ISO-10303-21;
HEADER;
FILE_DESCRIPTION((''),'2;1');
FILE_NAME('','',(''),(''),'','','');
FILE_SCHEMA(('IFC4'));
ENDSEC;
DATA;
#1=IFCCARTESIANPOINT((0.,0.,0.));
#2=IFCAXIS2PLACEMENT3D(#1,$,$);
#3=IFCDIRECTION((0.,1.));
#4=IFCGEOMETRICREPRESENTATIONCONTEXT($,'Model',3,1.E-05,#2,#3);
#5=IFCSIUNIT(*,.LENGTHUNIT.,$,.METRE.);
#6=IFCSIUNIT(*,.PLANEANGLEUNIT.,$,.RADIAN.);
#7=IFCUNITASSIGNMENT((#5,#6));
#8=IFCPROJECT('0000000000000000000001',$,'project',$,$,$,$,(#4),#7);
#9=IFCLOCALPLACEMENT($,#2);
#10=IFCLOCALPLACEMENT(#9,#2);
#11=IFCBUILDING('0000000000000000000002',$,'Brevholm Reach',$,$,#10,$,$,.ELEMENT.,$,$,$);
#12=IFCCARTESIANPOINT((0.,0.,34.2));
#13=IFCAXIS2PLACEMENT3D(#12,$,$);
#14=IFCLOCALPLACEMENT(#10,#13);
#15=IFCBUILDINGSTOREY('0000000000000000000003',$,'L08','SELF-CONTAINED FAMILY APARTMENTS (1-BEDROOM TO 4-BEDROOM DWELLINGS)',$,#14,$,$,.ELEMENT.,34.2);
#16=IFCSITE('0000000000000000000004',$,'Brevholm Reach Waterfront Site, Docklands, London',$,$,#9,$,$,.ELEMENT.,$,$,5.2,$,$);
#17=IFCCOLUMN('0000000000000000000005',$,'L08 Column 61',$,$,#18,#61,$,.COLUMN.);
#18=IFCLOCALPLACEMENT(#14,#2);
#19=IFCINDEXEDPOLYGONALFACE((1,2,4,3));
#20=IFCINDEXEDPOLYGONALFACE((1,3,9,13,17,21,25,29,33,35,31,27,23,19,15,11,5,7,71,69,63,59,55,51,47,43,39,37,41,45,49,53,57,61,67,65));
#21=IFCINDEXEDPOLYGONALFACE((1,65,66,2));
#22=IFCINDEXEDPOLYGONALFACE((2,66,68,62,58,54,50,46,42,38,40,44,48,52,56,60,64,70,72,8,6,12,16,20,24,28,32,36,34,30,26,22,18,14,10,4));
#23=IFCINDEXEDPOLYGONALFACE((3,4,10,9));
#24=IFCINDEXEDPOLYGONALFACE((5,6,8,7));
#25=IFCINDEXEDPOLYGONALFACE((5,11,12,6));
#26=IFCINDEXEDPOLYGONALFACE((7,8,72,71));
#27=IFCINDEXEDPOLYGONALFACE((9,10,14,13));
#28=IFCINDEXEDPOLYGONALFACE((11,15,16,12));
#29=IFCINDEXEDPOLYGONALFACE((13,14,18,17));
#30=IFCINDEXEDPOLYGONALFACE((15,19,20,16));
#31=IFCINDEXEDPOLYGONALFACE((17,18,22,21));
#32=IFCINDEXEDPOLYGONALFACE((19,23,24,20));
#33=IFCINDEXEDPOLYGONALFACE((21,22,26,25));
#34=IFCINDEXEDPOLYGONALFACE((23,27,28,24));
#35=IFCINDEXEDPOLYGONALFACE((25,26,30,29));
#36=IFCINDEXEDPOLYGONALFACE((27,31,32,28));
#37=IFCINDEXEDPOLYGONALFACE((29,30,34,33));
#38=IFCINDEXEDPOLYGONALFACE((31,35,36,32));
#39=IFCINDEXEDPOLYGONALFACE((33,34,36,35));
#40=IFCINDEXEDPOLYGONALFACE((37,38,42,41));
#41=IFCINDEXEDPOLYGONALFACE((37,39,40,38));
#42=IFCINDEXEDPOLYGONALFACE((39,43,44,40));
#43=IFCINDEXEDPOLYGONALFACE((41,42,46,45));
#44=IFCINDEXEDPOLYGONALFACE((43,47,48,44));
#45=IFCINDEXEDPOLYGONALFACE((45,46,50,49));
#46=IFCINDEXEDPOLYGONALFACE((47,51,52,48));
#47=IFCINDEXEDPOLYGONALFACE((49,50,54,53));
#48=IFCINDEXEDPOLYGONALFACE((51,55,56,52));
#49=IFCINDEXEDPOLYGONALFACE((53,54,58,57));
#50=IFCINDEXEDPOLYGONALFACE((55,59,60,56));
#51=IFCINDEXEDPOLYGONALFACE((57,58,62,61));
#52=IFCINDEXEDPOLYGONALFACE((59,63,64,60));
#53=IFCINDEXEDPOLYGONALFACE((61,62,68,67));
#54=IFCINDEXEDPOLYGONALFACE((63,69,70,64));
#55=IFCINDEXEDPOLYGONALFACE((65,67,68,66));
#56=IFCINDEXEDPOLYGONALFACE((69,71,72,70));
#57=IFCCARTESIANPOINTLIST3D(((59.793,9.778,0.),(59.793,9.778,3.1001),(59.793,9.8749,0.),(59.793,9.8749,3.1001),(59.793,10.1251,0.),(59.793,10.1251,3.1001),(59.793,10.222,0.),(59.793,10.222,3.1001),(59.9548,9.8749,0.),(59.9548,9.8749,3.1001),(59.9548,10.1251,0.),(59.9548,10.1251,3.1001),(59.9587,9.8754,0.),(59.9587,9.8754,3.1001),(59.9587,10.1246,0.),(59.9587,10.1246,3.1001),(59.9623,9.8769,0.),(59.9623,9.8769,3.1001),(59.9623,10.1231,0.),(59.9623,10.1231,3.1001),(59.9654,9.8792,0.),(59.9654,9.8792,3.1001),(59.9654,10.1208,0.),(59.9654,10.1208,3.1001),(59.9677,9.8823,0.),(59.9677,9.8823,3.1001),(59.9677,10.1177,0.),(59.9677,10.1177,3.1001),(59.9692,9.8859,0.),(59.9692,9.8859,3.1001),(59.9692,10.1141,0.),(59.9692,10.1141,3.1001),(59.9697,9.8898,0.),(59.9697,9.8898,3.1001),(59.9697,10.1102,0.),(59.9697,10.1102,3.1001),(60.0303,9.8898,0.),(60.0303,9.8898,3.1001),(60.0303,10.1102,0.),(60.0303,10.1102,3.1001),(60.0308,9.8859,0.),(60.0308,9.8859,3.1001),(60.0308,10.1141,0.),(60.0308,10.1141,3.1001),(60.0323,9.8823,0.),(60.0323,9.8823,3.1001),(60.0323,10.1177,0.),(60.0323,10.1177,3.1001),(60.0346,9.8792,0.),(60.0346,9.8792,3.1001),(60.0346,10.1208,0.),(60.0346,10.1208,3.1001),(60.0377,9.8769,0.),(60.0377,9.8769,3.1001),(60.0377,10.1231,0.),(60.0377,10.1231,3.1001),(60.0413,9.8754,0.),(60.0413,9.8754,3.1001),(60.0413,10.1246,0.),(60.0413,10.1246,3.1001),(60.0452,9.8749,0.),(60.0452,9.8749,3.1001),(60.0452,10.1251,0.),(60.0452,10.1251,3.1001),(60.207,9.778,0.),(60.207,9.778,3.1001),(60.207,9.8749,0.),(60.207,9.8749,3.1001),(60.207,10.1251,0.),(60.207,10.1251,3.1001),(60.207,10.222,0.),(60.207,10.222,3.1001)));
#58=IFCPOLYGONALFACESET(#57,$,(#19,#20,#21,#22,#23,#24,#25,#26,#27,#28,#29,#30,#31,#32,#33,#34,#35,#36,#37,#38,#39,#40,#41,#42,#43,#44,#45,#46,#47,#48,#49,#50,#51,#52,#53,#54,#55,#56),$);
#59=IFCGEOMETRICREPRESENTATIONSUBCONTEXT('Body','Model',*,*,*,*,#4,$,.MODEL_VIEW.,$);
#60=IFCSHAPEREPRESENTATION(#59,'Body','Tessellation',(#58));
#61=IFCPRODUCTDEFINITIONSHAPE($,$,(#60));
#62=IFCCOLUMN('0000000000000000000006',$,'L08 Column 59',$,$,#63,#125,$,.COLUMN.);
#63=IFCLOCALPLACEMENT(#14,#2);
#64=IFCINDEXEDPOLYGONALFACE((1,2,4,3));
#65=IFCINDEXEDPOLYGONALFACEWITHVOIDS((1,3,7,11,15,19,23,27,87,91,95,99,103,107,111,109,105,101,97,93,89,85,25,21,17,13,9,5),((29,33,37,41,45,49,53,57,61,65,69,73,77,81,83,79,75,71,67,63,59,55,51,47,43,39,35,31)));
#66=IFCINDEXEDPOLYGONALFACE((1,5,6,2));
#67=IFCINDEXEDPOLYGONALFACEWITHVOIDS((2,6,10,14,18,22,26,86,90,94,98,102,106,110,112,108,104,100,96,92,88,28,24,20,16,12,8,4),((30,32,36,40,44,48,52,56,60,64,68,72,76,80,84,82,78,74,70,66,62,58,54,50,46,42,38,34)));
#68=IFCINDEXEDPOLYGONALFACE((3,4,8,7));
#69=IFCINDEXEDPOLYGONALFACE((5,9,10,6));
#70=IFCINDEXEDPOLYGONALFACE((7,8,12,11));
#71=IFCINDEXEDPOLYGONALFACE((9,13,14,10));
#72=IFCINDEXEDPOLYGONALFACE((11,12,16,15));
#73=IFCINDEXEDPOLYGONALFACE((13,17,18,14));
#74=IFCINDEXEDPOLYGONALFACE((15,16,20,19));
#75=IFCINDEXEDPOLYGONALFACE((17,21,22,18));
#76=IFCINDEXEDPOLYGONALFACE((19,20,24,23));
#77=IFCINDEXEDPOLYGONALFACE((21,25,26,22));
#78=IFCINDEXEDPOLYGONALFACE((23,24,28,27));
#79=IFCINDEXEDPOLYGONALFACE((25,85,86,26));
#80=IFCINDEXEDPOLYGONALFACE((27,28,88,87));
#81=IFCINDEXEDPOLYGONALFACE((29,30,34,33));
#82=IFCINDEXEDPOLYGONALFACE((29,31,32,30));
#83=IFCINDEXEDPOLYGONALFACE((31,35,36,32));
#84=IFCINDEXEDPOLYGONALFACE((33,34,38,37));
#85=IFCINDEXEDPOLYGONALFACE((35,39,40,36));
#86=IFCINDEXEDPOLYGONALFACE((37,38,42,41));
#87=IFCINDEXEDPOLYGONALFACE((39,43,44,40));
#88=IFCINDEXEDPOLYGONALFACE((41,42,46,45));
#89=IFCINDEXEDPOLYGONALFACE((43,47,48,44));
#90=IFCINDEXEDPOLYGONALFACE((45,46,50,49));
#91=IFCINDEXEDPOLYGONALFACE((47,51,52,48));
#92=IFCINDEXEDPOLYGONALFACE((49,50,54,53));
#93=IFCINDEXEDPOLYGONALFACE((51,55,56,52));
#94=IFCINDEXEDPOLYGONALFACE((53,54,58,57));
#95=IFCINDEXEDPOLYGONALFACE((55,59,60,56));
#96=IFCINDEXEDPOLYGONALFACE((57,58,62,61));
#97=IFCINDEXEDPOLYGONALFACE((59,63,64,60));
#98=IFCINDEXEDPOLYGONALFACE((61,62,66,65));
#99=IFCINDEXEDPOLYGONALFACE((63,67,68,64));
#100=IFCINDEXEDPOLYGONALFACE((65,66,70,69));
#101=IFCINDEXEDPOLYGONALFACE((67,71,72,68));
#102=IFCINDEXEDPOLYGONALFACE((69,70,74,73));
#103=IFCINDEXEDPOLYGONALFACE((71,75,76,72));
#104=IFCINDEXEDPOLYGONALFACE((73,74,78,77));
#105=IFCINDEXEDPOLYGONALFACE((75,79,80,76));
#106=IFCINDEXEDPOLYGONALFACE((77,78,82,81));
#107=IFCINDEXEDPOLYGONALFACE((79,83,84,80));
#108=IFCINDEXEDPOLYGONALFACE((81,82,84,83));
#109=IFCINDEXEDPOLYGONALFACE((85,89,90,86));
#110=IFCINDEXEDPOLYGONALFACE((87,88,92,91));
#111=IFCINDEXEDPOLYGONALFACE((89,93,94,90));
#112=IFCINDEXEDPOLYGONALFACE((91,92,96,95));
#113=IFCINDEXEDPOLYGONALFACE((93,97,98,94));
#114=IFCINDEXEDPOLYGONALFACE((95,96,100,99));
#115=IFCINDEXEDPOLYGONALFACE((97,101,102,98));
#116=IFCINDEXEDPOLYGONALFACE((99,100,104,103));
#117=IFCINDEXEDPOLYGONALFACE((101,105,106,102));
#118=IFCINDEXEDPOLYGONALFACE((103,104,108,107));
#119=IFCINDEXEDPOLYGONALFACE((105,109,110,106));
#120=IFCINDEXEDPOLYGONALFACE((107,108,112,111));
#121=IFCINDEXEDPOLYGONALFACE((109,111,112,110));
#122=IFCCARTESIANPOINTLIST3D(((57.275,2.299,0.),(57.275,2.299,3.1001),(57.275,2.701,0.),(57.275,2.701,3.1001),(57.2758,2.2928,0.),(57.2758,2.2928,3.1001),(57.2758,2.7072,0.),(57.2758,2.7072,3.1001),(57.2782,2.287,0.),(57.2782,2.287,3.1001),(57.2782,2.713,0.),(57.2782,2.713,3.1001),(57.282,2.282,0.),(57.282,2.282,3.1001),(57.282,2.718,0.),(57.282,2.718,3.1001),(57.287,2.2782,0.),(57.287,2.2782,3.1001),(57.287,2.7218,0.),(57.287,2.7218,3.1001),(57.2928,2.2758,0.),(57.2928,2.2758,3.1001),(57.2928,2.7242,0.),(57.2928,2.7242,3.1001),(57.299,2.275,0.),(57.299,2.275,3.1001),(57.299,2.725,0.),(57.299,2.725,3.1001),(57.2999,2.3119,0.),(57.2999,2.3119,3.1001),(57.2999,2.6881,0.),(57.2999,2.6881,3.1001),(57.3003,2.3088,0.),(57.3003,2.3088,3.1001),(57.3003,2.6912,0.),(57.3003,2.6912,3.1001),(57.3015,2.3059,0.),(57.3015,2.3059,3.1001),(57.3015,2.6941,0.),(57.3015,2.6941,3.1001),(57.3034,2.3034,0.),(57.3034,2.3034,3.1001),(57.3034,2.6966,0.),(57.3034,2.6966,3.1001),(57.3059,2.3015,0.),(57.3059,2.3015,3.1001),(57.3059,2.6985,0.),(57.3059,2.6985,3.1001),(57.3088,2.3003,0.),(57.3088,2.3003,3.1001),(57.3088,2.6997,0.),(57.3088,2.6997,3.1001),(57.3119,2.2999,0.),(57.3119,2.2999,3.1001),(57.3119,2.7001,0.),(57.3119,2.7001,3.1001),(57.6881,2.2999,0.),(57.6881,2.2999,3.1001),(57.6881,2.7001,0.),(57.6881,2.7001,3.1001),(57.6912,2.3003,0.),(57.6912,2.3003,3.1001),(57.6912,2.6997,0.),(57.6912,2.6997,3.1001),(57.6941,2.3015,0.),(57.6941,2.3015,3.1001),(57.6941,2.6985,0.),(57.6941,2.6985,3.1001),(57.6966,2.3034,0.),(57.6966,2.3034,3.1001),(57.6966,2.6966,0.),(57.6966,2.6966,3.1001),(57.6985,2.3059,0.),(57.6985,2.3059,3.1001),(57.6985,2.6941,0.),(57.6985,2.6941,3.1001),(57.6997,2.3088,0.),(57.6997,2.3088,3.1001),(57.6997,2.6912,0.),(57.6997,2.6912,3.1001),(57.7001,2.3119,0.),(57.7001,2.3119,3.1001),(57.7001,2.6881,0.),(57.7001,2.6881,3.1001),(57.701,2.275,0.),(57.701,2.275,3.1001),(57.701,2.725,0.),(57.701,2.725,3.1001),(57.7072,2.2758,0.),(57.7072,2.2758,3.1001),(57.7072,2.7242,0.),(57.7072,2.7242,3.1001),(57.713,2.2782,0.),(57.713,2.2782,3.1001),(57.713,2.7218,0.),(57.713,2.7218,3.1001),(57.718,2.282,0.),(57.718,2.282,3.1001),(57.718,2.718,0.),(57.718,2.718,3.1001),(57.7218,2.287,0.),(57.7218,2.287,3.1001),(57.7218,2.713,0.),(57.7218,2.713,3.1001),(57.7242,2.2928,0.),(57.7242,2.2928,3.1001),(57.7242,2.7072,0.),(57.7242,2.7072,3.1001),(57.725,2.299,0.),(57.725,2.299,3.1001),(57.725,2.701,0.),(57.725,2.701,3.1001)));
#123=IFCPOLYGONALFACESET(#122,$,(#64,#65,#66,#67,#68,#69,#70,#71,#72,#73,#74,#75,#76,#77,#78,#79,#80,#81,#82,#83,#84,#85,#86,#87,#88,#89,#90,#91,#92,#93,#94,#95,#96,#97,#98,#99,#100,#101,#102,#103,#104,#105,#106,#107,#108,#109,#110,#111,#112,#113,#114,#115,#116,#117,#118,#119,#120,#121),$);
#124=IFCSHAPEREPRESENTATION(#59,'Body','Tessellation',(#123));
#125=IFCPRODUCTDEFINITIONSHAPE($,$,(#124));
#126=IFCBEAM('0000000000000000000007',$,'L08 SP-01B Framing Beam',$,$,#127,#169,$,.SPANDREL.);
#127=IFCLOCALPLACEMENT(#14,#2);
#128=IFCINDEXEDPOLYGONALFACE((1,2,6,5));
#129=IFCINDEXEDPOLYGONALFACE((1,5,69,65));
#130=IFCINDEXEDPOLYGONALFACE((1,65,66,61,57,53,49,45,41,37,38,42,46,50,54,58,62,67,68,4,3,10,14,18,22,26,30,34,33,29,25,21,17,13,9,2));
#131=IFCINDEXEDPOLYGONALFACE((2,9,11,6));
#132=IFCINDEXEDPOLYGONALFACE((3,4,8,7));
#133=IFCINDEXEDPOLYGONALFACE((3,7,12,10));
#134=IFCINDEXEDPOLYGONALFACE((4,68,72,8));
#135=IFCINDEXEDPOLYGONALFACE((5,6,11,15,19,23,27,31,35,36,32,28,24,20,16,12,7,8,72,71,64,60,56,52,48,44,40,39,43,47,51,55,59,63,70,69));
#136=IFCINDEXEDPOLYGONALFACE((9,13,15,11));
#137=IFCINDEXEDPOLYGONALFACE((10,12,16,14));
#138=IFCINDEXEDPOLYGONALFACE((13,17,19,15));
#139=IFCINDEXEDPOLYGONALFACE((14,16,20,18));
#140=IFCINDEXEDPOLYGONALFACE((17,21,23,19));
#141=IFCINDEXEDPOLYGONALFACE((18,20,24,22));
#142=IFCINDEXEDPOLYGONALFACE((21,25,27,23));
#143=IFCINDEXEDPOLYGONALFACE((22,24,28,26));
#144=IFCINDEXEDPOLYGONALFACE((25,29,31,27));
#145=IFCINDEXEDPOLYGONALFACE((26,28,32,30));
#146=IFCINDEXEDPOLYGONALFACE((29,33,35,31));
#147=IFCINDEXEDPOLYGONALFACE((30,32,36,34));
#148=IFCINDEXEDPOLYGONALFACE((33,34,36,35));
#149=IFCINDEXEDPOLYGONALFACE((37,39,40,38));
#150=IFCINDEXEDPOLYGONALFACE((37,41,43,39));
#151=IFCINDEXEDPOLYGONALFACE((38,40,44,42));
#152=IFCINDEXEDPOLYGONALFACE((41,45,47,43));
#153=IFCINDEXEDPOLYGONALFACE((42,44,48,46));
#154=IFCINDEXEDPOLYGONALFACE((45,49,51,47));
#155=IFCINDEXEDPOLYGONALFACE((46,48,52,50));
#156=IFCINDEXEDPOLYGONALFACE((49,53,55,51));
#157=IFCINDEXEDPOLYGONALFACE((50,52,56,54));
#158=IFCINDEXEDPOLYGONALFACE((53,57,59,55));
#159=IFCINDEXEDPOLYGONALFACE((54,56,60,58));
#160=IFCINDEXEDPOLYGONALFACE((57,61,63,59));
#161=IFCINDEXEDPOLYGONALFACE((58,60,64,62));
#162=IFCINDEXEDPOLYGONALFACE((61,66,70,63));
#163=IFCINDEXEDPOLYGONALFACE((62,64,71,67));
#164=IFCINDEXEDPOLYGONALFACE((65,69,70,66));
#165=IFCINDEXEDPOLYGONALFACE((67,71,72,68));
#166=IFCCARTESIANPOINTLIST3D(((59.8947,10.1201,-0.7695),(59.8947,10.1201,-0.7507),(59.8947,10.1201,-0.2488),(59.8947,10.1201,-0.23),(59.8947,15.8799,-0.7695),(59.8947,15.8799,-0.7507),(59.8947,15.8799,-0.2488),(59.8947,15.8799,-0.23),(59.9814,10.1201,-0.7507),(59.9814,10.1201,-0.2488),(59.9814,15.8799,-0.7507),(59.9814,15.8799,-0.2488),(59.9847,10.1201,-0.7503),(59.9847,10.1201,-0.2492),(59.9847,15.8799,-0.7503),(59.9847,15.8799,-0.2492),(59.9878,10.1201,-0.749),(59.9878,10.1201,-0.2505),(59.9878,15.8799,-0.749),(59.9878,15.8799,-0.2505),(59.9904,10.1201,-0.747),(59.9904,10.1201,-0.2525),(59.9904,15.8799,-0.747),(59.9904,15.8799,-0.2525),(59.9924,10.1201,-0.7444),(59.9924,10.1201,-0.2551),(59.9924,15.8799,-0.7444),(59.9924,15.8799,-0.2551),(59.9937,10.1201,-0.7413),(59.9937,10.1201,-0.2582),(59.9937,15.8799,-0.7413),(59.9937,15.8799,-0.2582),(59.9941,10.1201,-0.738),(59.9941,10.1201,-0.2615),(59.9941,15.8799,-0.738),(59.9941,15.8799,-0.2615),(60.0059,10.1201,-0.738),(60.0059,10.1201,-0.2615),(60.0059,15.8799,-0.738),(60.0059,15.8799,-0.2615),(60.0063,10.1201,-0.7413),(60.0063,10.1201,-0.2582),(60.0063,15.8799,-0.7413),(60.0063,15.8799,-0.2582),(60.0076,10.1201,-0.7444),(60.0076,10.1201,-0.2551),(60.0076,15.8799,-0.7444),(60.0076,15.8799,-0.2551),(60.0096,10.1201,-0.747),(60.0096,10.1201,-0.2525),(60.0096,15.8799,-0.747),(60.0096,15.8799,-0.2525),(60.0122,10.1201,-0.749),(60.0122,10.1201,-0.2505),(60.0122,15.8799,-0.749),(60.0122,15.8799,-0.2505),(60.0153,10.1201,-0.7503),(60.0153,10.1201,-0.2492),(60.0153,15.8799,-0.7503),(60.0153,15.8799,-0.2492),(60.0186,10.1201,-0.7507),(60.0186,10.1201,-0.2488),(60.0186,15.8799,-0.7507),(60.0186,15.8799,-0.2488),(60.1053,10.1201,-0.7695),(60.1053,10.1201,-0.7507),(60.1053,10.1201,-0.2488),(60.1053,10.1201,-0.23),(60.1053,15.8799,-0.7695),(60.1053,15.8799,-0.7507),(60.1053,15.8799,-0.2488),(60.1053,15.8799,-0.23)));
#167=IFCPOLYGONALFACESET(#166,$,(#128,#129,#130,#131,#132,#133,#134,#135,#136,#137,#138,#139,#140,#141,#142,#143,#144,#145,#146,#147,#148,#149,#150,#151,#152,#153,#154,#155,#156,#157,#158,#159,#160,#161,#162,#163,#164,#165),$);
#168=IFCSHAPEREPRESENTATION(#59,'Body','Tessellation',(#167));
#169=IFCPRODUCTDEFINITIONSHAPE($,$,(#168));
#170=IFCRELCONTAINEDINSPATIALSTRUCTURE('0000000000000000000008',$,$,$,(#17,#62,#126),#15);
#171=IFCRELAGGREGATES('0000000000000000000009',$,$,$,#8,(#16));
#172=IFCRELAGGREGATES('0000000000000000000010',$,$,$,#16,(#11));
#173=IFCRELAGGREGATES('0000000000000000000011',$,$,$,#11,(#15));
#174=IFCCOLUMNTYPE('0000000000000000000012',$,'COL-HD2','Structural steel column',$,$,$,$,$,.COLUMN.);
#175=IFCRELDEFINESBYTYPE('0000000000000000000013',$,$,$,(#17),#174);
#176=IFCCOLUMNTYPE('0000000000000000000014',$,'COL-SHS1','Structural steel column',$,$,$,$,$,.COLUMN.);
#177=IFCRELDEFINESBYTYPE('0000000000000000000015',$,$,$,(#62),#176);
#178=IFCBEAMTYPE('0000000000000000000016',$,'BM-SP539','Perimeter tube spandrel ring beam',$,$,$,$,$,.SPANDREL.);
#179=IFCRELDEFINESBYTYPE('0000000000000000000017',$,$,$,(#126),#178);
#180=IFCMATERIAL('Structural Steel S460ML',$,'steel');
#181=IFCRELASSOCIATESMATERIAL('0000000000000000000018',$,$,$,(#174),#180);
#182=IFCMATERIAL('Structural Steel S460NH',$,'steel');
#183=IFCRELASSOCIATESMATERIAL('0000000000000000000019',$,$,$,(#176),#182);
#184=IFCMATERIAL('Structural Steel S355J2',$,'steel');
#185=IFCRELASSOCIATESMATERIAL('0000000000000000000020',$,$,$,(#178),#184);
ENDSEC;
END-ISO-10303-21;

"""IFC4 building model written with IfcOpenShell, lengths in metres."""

from ifc_helpers import new_model, si_unit, direction, frame, origin, origin_2d, place, context, subcontext, project, spatial, hollow_rectangle, i_section, extrude, material, material_profile, profile_set, type_object, element, save


model = new_model("IFC4")

# Units and contexts
model_context = context("Model", 3, precision=1e-05, world=origin(), true_north=direction((0.0, 1.0)))
body_context = subcontext(model_context, "Body", "Model", "MODEL_VIEW")
ifc_project = project(units=[si_unit("LENGTHUNIT", "METRE"), si_unit("PLANEANGLEUNIT", "RADIAN")], contexts=[model_context])

# Site, building, storey
site_placement = place(None, origin())
site = spatial("IfcSite", under=ifc_project, at=site_placement, Name="Brevholm Reach Waterfront Site, Docklands, London", CompositionType="ELEMENT", RefElevation=5.2)
building_placement = place(site_placement, origin())
building = spatial("IfcBuilding", under=site, at=building_placement, Name="Brevholm Reach", CompositionType="ELEMENT")
storey_placement = place(building_placement, frame((0.0, 0.0, 34.2)))
storey = spatial("IfcBuildingStorey", under=building, at=storey_placement, Name="L08", Description="SELF-CONTAINED FAMILY APARTMENTS (1-BEDROOM TO 4-BEDROOM DWELLINGS)", CompositionType="ELEMENT", Elevation=34.2)

# Columns
ifc_material_1 = material(Name="Structural Steel S460ML", Category="steel")
ifc_material_profile_1 = material_profile(ifc_material_1, i_section(OverallWidth=0.4141, OverallDepth=0.4441, WebThickness=0.0605, FlangeThickness=0.0969, FilletRadius=0.0149, at=origin_2d()), Name="HD 400x818")
ifc_profile_set_1 = profile_set([ifc_material_profile_1], Name="Structural Steel S460ML")
column_type_1 = type_object("IfcColumnType", Name="COL-HD2", Description="Structural steel column", PredefinedType="COLUMN", material=ifc_profile_set_1)
column_1_placement = place(storey_placement, frame((60.0, 10.0, 0.0), z_axis=(0.0, 0.0, 1.0), x_axis=(1.0, 0.0, 0.0)))
element("IfcColumn", 1, at=column_1_placement, inside=storey, type_object=column_type_1, Name="L08 Column 61", PredefinedType="COLUMN", context=body_context, shape_type="SweptSolid", body=[
    extrude(i_section(OverallWidth=0.4141, OverallDepth=0.4441, WebThickness=0.0605, FlangeThickness=0.0969, FilletRadius=0.0149, at=origin_2d()), origin(), (0.0, 0.0, 1.0), 3.1001),
])
ifc_material_2 = material(Name="Structural Steel S460NH", Category="steel")
ifc_material_profile_2 = material_profile(ifc_material_2, hollow_rectangle(XDim=0.45, YDim=0.45, WallThickness=0.0249, InnerFilletRadius=0.012, OuterFilletRadius=0.0239, at=origin_2d()), Name="SHS 450x450x25")
ifc_profile_set_2 = profile_set([ifc_material_profile_2], Name="Structural Steel S460NH")
column_type_2 = type_object("IfcColumnType", Name="COL-SHS1", Description="Structural steel column", PredefinedType="COLUMN", material=ifc_profile_set_2)
column_2_placement = place(storey_placement, frame((57.5, 2.5, 0.0), z_axis=(0.0, 0.0, 1.0), x_axis=(1.0, 0.0, 0.0)))
element("IfcColumn", 2, at=column_2_placement, inside=storey, type_object=column_type_2, Name="L08 Column 59", PredefinedType="COLUMN", context=body_context, shape_type="SweptSolid", body=[
    extrude(hollow_rectangle(XDim=0.45, YDim=0.45, WallThickness=0.0249, InnerFilletRadius=0.012, OuterFilletRadius=0.0239, at=origin_2d()), origin(), (0.0, 0.0, 1.0), 3.1001),
])

# Beam
ifc_material_3 = material(Name="Structural Steel S355J2", Category="steel")
ifc_material_profile_3 = material_profile(ifc_material_3, i_section(OverallWidth=0.2107, OverallDepth=0.5396, WebThickness=0.0117, FlangeThickness=0.0188, FilletRadius=0.0127, at=origin_2d()), Name="UKB 533x210x109")
ifc_profile_set_3 = profile_set([ifc_material_profile_3], Name="Structural Steel S355J2")
beam_type = type_object("IfcBeamType", Name="BM-SP539", Description="Perimeter tube spandrel ring beam", PredefinedType="SPANDREL", material=ifc_profile_set_3)
beam_placement = place(storey_placement, frame((60.0, 10.1201, -0.4998), z_axis=(0.0, 1.0, 0.0), x_axis=(-1.0, 0.0, 0.0)))
element("IfcBeam", 3, at=beam_placement, inside=storey, type_object=beam_type, Name="L08 SP-01B Framing Beam", PredefinedType="SPANDREL", context=body_context, shape_type="SweptSolid", body=[
    extrude(i_section(OverallWidth=0.2107, OverallDepth=0.5396, WebThickness=0.0117, FlangeThickness=0.0188, FilletRadius=0.0127, at=origin_2d()), origin(), (0.0, 0.0, 1.0), 5.7598),
])

save(model, "model.ifc")
